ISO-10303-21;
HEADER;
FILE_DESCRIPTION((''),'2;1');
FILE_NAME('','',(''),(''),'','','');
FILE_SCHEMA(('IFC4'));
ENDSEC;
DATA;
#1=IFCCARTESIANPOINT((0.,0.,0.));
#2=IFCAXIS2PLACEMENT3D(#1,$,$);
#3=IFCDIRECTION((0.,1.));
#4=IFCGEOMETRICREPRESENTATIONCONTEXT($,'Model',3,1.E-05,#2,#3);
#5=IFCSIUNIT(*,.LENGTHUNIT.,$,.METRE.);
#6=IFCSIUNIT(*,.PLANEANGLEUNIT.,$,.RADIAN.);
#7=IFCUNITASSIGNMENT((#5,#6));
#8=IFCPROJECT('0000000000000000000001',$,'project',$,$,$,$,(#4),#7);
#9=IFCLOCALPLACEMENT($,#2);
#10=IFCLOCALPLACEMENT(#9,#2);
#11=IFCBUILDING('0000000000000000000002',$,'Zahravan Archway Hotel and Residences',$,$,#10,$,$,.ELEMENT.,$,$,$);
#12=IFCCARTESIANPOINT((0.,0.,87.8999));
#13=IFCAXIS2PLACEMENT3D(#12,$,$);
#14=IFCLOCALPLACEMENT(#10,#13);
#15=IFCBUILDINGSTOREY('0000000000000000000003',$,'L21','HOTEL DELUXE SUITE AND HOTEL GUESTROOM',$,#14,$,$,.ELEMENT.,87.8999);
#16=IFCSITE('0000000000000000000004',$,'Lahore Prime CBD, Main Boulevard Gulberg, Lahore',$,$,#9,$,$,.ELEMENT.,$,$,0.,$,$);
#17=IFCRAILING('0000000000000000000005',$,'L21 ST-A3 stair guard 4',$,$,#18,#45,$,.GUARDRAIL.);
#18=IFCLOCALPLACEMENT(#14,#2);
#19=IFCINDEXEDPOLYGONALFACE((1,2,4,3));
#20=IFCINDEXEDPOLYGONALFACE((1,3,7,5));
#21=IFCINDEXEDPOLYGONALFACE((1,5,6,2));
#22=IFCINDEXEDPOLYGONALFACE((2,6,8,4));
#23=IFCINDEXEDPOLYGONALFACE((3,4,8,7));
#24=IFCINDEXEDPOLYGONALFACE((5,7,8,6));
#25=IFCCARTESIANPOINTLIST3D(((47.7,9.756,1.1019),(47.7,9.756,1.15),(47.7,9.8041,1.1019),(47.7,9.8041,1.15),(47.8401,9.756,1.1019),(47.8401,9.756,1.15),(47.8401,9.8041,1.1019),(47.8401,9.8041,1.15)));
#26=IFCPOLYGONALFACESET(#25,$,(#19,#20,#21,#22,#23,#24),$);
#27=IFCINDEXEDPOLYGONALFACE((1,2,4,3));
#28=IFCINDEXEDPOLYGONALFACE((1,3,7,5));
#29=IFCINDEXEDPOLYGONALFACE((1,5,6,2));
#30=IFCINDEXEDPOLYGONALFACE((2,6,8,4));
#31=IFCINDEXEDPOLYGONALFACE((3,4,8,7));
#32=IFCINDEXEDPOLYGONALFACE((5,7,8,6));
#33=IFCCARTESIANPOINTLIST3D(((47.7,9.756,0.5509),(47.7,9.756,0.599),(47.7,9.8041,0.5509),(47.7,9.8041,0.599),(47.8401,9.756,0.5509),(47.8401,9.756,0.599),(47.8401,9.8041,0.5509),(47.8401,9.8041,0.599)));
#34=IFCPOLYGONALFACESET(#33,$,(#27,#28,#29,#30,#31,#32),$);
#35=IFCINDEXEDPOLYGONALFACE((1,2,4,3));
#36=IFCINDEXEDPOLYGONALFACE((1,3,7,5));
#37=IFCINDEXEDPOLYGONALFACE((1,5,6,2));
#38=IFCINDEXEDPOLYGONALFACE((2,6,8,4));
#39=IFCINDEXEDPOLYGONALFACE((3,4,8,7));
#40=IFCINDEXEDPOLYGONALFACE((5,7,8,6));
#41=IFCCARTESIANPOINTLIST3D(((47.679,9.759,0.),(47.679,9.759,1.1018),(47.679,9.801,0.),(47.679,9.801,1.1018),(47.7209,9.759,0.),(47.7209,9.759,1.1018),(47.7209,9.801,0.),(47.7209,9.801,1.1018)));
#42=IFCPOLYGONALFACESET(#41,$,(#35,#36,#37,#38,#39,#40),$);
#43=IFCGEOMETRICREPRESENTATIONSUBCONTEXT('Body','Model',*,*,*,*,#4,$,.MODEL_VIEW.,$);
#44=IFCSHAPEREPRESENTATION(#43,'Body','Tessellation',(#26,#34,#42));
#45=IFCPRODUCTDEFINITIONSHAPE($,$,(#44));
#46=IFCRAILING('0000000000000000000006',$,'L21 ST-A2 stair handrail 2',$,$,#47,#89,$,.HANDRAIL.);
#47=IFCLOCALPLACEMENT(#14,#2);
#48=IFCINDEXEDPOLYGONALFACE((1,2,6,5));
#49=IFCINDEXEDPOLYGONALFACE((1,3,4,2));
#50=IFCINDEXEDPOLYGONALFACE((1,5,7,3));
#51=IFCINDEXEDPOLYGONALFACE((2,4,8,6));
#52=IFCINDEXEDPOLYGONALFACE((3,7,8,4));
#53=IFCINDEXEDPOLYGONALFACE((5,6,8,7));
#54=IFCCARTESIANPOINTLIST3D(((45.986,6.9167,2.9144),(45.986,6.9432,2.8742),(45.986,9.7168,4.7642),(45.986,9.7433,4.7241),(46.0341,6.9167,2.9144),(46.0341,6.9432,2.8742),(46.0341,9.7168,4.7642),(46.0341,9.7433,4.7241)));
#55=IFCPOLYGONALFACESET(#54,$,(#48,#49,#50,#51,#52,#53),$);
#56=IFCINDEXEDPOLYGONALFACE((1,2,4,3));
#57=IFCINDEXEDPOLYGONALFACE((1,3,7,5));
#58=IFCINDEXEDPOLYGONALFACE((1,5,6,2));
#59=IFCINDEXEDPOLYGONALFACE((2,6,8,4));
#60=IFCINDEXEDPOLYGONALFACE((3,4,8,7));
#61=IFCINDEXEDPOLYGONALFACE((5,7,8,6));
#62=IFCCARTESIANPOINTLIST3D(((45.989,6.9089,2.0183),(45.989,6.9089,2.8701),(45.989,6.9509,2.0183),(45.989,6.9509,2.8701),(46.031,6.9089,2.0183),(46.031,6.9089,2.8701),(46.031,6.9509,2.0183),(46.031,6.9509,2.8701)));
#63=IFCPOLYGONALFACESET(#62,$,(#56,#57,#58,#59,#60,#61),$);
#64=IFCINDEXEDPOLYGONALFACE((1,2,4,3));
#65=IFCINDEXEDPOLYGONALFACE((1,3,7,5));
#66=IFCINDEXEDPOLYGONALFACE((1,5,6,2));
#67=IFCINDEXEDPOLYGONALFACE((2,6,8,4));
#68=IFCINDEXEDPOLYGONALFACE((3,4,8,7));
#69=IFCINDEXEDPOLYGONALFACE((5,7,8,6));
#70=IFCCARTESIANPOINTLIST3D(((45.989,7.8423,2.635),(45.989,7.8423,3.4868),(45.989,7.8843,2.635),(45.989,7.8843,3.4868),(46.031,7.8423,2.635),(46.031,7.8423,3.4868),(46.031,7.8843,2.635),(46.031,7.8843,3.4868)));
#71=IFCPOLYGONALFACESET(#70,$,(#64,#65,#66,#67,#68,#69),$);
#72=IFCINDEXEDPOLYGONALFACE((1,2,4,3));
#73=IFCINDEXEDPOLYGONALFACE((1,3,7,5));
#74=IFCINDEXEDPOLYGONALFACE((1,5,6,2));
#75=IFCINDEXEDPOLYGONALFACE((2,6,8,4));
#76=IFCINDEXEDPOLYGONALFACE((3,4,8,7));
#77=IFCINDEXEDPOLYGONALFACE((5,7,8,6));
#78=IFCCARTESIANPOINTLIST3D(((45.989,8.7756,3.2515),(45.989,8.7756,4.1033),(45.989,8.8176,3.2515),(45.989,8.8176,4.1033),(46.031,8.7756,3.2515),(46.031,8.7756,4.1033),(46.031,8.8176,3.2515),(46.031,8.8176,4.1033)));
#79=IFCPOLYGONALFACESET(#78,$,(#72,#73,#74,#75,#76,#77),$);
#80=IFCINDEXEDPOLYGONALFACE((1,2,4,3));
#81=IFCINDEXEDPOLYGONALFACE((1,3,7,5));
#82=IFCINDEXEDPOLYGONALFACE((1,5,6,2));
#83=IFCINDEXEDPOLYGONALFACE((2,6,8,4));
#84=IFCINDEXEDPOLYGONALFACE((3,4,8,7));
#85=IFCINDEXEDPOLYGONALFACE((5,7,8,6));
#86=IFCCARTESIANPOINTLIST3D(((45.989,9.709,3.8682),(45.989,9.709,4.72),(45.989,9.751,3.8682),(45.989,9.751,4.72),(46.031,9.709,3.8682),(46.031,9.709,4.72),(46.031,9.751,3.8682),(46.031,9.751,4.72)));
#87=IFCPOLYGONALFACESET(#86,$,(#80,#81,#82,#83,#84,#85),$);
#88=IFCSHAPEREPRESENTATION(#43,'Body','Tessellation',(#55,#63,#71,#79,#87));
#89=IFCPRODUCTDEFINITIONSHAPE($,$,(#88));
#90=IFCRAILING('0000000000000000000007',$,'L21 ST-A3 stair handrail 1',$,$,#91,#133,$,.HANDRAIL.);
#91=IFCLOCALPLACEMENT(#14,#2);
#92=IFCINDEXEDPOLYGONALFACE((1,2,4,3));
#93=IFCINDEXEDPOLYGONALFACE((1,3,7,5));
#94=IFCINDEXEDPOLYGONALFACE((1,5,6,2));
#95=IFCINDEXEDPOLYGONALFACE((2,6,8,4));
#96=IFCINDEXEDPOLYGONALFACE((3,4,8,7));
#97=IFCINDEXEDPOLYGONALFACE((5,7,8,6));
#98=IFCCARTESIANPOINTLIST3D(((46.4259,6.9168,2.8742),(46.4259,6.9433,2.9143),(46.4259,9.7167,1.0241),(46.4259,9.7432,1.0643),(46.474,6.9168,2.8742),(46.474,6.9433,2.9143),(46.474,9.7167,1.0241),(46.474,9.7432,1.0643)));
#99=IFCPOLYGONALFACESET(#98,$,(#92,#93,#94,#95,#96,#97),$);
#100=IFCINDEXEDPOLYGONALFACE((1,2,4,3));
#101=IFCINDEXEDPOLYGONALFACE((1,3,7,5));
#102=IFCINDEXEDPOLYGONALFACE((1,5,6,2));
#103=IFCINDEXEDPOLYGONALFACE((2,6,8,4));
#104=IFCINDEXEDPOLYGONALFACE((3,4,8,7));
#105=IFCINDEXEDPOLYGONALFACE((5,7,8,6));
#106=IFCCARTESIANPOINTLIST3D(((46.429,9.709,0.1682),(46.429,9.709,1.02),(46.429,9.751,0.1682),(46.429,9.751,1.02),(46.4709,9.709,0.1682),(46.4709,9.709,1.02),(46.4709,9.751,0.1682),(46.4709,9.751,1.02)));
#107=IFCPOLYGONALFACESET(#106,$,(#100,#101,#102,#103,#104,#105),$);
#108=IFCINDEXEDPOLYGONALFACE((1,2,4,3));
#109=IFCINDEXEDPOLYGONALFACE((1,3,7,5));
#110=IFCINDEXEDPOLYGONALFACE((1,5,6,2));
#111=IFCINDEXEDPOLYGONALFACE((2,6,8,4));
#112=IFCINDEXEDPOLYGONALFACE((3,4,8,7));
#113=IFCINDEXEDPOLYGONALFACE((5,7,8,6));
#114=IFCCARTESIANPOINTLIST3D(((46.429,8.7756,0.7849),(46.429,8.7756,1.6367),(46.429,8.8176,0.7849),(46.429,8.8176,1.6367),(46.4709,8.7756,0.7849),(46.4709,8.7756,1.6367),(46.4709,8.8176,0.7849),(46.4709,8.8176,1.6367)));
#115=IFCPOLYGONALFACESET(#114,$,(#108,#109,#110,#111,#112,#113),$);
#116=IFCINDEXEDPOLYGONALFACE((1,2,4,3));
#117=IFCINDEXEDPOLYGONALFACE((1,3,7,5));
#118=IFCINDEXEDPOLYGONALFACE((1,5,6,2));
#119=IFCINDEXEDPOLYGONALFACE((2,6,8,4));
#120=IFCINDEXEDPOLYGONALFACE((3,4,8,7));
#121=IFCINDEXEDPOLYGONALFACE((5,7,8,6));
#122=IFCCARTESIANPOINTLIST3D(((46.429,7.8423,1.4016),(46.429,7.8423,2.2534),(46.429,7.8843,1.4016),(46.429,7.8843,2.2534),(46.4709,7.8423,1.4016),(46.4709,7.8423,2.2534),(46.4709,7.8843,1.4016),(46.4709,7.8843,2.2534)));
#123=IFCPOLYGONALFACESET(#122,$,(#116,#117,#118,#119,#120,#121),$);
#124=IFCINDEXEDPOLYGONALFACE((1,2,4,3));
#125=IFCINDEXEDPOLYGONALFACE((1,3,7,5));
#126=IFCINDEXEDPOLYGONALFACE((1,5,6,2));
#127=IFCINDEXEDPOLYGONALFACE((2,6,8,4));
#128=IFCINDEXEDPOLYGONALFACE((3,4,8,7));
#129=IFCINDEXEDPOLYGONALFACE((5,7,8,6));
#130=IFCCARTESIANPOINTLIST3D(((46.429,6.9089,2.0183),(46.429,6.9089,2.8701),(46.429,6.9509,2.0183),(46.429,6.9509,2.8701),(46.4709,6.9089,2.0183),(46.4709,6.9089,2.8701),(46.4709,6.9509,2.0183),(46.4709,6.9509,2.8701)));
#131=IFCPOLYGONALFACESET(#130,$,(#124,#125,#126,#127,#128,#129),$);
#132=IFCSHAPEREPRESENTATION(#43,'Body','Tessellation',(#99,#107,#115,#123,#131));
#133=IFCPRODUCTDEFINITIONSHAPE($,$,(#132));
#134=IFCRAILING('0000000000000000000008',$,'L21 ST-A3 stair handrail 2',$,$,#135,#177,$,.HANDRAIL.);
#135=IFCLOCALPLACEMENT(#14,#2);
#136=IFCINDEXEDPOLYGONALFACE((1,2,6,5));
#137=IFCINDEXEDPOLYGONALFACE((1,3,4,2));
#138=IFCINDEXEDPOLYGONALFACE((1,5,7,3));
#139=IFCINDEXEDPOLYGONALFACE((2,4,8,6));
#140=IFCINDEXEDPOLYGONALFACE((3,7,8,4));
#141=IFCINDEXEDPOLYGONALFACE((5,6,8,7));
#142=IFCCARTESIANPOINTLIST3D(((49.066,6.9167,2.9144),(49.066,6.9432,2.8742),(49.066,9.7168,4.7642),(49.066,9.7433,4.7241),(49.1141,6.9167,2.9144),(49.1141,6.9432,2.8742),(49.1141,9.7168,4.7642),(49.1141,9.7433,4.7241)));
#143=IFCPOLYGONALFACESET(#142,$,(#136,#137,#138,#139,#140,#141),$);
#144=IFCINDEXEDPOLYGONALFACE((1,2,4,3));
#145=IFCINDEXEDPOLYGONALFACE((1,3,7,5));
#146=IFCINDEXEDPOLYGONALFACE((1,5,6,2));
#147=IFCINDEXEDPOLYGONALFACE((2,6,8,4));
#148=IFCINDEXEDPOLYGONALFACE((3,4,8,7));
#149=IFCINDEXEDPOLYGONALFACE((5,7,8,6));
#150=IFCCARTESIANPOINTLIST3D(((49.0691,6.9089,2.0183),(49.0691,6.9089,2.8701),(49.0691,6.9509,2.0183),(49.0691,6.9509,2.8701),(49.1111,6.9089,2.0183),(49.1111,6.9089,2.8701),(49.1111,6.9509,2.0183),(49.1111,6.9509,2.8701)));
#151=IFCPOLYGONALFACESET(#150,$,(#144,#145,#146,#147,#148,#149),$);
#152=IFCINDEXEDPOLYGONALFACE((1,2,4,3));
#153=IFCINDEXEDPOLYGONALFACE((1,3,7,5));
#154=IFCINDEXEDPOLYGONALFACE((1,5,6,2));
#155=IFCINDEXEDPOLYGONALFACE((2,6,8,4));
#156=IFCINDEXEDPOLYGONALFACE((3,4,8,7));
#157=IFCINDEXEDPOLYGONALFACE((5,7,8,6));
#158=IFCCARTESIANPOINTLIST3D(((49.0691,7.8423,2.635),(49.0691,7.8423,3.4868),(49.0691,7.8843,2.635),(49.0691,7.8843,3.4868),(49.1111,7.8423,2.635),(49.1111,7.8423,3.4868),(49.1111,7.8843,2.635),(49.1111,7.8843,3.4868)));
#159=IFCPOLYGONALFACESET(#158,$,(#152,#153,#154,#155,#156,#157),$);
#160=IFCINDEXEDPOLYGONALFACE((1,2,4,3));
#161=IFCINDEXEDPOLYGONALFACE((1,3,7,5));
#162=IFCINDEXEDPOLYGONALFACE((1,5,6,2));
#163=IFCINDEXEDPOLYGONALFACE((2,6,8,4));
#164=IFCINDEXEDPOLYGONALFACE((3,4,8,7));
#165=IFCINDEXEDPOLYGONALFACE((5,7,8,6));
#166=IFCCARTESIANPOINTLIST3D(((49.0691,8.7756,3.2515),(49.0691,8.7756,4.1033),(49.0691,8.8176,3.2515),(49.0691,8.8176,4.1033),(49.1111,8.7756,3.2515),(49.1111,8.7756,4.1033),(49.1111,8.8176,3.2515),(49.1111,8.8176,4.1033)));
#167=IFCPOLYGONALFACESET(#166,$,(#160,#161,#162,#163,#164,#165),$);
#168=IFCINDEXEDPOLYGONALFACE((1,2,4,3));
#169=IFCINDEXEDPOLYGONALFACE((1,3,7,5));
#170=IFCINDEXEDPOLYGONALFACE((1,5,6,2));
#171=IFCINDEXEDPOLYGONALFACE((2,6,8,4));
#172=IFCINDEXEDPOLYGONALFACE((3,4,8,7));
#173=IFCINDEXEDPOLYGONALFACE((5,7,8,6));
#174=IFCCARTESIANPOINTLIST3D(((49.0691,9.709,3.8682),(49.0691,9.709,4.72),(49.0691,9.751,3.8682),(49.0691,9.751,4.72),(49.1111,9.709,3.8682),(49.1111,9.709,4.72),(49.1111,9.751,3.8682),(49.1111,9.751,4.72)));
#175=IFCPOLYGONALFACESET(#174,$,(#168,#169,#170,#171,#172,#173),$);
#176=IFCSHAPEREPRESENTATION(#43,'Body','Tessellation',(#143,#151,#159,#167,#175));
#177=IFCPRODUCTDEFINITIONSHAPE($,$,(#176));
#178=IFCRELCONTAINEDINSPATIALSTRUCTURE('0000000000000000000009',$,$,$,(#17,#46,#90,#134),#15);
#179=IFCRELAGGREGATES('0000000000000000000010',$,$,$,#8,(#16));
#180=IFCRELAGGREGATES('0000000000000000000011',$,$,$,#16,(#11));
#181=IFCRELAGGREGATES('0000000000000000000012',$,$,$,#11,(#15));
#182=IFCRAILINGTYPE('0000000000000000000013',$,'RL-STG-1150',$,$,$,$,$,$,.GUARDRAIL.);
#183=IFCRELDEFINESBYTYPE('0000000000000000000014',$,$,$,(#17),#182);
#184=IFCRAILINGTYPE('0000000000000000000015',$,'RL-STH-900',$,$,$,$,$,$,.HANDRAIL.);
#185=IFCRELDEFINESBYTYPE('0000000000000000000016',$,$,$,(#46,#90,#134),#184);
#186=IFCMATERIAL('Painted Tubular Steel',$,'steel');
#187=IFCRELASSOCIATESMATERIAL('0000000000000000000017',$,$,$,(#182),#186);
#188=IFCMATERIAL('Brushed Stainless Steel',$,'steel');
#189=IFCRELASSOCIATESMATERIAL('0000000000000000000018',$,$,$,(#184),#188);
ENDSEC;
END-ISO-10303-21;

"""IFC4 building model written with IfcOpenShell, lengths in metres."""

from ifc_helpers import new_model, si_unit, direction, frame, origin, origin_2d, place, context, subcontext, project, spatial, rectangle, extrude, material, type_object, element, save


model = new_model("IFC4")

# Units and contexts
model_context = context("Model", 3, precision=1e-05, world=origin(), true_north=direction((0.0, 1.0)))
body_context = subcontext(model_context, "Body", "Model", "MODEL_VIEW")
ifc_project = project(units=[si_unit("LENGTHUNIT", "METRE"), si_unit("PLANEANGLEUNIT", "RADIAN")], contexts=[model_context])

# Site, building, storey
site_placement = place(None, origin())
site = spatial("IfcSite", under=ifc_project, at=site_placement, Name="Lahore Prime CBD, Main Boulevard Gulberg, Lahore", CompositionType="ELEMENT", RefElevation=0.0)
building_placement = place(site_placement, origin())
building = spatial("IfcBuilding", under=site, at=building_placement, Name="Zahravan Archway Hotel and Residences", CompositionType="ELEMENT")
storey_placement = place(building_placement, frame((0.0, 0.0, 87.8999)))
storey = spatial("IfcBuildingStorey", under=building, at=storey_placement, Name="L21", Description="HOTEL DELUXE SUITE AND HOTEL GUESTROOM", CompositionType="ELEMENT", Elevation=87.8999)

# Railings
ifc_material_1 = material(Name="Painted Tubular Steel", Category="steel")
railing_type_1 = type_object("IfcRailingType", Name="RL-STG-1150", PredefinedType="GUARDRAIL", material=ifc_material_1)
railing_1_placement = place(storey_placement, frame((47.7, 9.78, 0.0)))
element("IfcRailing", 1, at=railing_1_placement, inside=storey, type_object=railing_type_1, Name="L21 ST-A3 stair guard 4", PredefinedType="GUARDRAIL", context=body_context, shape_type="SweptSolid", body=[
    extrude(rectangle(XDim=0.0481, YDim=0.0481, at=origin_2d()), frame((0.0, 0.0, 1.126), z_axis=(1.0, 0.0, 0.0), x_axis=(0.0, 1.0, 0.0)), (0.0, 0.0, 1.0), 0.1401),
    extrude(rectangle(XDim=0.0481, YDim=0.0481, at=origin_2d()), frame((0.0, 0.0, 0.575), z_axis=(1.0, 0.0, 0.0), x_axis=(0.0, 1.0, 0.0)), (0.0, 0.0, 1.0), 0.1401),
    extrude(rectangle(XDim=0.042, YDim=0.042, at=origin_2d()), origin(), (0.0, 0.0, 1.0), 1.1018),
])
ifc_material_2 = material(Name="Brushed Stainless Steel", Category="steel")
railing_type_2 = type_object("IfcRailingType", Name="RL-STH-900", PredefinedType="HANDRAIL", material=ifc_material_2)
railing_2_placement = place(storey_placement, frame((46.01, 6.9299, 2.0183)))
element("IfcRailing", 2, at=railing_2_placement, inside=storey, type_object=railing_type_2, Name="L21 ST-A2 stair handrail 2", PredefinedType="HANDRAIL", context=body_context, shape_type="SweptSolid", body=[
    extrude(rectangle(XDim=0.0481, YDim=0.0481, at=origin_2d()), frame((0.0, 0.0, 0.876), z_axis=(0.0, 0.83436, 0.55122), x_axis=(-1.0, 0.0, 0.0)), (0.0, 0.0, 1.0), 3.356),
    extrude(rectangle(XDim=0.042, YDim=0.042, at=origin_2d()), origin(), (0.0, 0.0, 1.0), 0.8518),
    extrude(rectangle(XDim=0.042, YDim=0.042, at=origin_2d()), frame((0.0, 0.9333, 0.6167)), (0.0, 0.0, 1.0), 0.8518),
    extrude(rectangle(XDim=0.042, YDim=0.042, at=origin_2d()), frame((0.0, 1.8667, 1.2332)), (0.0, 0.0, 1.0), 0.8518),
    extrude(rectangle(XDim=0.042, YDim=0.042, at=origin_2d()), frame((0.0, 2.8, 1.8499)), (0.0, 0.0, 1.0), 0.8518),
])
railing_3_placement = place(storey_placement, frame((46.45, 9.73, 0.1682)))
element("IfcRailing", 3, at=railing_3_placement, inside=storey, type_object=railing_type_2, Name="L21 ST-A3 stair handrail 1", PredefinedType="HANDRAIL", context=body_context, shape_type="SweptSolid", body=[
    extrude(rectangle(XDim=0.0481, YDim=0.0481, at=origin_2d()), frame((0.0, 0.0, 0.876), z_axis=(0.0, -0.834326, 0.551271), x_axis=(1.0, 0.0, 0.0)), (0.0, 0.0, 1.0), 3.356),
    extrude(rectangle(XDim=0.042, YDim=0.042, at=origin_2d()), origin(), (0.0, 0.0, 1.0), 0.8518),
    extrude(rectangle(XDim=0.042, YDim=0.042, at=origin_2d()), frame((0.0, -0.9333, 0.6167)), (0.0, 0.0, 1.0), 0.8518),
    extrude(rectangle(XDim=0.042, YDim=0.042, at=origin_2d()), frame((0.0, -1.8667, 1.2334)), (0.0, 0.0, 1.0), 0.8518),
    extrude(rectangle(XDim=0.042, YDim=0.042, at=origin_2d()), frame((0.0, -2.8, 1.8501)), (0.0, 0.0, 1.0), 0.8518),
])
railing_4_placement = place(storey_placement, frame((49.0901, 6.9299, 2.0183)))
element("IfcRailing", 4, at=railing_4_placement, inside=storey, type_object=railing_type_2, Name="L21 ST-A3 stair handrail 2", PredefinedType="HANDRAIL", context=body_context, shape_type="SweptSolid", body=[
    extrude(rectangle(XDim=0.0481, YDim=0.0481, at=origin_2d()), frame((0.0, 0.0, 0.876), z_axis=(0.0, 0.83436, 0.55122), x_axis=(-1.0, 0.0, 0.0)), (0.0, 0.0, 1.0), 3.356),
    extrude(rectangle(XDim=0.042, YDim=0.042, at=origin_2d()), origin(), (0.0, 0.0, 1.0), 0.8518),
    extrude(rectangle(XDim=0.042, YDim=0.042, at=origin_2d()), frame((0.0, 0.9333, 0.6167)), (0.0, 0.0, 1.0), 0.8518),
    extrude(rectangle(XDim=0.042, YDim=0.042, at=origin_2d()), frame((0.0, 1.8667, 1.2332)), (0.0, 0.0, 1.0), 0.8518),
    extrude(rectangle(XDim=0.042, YDim=0.042, at=origin_2d()), frame((0.0, 2.8, 1.8499)), (0.0, 0.0, 1.0), 0.8518),
])

save(model, "model.ifc")
